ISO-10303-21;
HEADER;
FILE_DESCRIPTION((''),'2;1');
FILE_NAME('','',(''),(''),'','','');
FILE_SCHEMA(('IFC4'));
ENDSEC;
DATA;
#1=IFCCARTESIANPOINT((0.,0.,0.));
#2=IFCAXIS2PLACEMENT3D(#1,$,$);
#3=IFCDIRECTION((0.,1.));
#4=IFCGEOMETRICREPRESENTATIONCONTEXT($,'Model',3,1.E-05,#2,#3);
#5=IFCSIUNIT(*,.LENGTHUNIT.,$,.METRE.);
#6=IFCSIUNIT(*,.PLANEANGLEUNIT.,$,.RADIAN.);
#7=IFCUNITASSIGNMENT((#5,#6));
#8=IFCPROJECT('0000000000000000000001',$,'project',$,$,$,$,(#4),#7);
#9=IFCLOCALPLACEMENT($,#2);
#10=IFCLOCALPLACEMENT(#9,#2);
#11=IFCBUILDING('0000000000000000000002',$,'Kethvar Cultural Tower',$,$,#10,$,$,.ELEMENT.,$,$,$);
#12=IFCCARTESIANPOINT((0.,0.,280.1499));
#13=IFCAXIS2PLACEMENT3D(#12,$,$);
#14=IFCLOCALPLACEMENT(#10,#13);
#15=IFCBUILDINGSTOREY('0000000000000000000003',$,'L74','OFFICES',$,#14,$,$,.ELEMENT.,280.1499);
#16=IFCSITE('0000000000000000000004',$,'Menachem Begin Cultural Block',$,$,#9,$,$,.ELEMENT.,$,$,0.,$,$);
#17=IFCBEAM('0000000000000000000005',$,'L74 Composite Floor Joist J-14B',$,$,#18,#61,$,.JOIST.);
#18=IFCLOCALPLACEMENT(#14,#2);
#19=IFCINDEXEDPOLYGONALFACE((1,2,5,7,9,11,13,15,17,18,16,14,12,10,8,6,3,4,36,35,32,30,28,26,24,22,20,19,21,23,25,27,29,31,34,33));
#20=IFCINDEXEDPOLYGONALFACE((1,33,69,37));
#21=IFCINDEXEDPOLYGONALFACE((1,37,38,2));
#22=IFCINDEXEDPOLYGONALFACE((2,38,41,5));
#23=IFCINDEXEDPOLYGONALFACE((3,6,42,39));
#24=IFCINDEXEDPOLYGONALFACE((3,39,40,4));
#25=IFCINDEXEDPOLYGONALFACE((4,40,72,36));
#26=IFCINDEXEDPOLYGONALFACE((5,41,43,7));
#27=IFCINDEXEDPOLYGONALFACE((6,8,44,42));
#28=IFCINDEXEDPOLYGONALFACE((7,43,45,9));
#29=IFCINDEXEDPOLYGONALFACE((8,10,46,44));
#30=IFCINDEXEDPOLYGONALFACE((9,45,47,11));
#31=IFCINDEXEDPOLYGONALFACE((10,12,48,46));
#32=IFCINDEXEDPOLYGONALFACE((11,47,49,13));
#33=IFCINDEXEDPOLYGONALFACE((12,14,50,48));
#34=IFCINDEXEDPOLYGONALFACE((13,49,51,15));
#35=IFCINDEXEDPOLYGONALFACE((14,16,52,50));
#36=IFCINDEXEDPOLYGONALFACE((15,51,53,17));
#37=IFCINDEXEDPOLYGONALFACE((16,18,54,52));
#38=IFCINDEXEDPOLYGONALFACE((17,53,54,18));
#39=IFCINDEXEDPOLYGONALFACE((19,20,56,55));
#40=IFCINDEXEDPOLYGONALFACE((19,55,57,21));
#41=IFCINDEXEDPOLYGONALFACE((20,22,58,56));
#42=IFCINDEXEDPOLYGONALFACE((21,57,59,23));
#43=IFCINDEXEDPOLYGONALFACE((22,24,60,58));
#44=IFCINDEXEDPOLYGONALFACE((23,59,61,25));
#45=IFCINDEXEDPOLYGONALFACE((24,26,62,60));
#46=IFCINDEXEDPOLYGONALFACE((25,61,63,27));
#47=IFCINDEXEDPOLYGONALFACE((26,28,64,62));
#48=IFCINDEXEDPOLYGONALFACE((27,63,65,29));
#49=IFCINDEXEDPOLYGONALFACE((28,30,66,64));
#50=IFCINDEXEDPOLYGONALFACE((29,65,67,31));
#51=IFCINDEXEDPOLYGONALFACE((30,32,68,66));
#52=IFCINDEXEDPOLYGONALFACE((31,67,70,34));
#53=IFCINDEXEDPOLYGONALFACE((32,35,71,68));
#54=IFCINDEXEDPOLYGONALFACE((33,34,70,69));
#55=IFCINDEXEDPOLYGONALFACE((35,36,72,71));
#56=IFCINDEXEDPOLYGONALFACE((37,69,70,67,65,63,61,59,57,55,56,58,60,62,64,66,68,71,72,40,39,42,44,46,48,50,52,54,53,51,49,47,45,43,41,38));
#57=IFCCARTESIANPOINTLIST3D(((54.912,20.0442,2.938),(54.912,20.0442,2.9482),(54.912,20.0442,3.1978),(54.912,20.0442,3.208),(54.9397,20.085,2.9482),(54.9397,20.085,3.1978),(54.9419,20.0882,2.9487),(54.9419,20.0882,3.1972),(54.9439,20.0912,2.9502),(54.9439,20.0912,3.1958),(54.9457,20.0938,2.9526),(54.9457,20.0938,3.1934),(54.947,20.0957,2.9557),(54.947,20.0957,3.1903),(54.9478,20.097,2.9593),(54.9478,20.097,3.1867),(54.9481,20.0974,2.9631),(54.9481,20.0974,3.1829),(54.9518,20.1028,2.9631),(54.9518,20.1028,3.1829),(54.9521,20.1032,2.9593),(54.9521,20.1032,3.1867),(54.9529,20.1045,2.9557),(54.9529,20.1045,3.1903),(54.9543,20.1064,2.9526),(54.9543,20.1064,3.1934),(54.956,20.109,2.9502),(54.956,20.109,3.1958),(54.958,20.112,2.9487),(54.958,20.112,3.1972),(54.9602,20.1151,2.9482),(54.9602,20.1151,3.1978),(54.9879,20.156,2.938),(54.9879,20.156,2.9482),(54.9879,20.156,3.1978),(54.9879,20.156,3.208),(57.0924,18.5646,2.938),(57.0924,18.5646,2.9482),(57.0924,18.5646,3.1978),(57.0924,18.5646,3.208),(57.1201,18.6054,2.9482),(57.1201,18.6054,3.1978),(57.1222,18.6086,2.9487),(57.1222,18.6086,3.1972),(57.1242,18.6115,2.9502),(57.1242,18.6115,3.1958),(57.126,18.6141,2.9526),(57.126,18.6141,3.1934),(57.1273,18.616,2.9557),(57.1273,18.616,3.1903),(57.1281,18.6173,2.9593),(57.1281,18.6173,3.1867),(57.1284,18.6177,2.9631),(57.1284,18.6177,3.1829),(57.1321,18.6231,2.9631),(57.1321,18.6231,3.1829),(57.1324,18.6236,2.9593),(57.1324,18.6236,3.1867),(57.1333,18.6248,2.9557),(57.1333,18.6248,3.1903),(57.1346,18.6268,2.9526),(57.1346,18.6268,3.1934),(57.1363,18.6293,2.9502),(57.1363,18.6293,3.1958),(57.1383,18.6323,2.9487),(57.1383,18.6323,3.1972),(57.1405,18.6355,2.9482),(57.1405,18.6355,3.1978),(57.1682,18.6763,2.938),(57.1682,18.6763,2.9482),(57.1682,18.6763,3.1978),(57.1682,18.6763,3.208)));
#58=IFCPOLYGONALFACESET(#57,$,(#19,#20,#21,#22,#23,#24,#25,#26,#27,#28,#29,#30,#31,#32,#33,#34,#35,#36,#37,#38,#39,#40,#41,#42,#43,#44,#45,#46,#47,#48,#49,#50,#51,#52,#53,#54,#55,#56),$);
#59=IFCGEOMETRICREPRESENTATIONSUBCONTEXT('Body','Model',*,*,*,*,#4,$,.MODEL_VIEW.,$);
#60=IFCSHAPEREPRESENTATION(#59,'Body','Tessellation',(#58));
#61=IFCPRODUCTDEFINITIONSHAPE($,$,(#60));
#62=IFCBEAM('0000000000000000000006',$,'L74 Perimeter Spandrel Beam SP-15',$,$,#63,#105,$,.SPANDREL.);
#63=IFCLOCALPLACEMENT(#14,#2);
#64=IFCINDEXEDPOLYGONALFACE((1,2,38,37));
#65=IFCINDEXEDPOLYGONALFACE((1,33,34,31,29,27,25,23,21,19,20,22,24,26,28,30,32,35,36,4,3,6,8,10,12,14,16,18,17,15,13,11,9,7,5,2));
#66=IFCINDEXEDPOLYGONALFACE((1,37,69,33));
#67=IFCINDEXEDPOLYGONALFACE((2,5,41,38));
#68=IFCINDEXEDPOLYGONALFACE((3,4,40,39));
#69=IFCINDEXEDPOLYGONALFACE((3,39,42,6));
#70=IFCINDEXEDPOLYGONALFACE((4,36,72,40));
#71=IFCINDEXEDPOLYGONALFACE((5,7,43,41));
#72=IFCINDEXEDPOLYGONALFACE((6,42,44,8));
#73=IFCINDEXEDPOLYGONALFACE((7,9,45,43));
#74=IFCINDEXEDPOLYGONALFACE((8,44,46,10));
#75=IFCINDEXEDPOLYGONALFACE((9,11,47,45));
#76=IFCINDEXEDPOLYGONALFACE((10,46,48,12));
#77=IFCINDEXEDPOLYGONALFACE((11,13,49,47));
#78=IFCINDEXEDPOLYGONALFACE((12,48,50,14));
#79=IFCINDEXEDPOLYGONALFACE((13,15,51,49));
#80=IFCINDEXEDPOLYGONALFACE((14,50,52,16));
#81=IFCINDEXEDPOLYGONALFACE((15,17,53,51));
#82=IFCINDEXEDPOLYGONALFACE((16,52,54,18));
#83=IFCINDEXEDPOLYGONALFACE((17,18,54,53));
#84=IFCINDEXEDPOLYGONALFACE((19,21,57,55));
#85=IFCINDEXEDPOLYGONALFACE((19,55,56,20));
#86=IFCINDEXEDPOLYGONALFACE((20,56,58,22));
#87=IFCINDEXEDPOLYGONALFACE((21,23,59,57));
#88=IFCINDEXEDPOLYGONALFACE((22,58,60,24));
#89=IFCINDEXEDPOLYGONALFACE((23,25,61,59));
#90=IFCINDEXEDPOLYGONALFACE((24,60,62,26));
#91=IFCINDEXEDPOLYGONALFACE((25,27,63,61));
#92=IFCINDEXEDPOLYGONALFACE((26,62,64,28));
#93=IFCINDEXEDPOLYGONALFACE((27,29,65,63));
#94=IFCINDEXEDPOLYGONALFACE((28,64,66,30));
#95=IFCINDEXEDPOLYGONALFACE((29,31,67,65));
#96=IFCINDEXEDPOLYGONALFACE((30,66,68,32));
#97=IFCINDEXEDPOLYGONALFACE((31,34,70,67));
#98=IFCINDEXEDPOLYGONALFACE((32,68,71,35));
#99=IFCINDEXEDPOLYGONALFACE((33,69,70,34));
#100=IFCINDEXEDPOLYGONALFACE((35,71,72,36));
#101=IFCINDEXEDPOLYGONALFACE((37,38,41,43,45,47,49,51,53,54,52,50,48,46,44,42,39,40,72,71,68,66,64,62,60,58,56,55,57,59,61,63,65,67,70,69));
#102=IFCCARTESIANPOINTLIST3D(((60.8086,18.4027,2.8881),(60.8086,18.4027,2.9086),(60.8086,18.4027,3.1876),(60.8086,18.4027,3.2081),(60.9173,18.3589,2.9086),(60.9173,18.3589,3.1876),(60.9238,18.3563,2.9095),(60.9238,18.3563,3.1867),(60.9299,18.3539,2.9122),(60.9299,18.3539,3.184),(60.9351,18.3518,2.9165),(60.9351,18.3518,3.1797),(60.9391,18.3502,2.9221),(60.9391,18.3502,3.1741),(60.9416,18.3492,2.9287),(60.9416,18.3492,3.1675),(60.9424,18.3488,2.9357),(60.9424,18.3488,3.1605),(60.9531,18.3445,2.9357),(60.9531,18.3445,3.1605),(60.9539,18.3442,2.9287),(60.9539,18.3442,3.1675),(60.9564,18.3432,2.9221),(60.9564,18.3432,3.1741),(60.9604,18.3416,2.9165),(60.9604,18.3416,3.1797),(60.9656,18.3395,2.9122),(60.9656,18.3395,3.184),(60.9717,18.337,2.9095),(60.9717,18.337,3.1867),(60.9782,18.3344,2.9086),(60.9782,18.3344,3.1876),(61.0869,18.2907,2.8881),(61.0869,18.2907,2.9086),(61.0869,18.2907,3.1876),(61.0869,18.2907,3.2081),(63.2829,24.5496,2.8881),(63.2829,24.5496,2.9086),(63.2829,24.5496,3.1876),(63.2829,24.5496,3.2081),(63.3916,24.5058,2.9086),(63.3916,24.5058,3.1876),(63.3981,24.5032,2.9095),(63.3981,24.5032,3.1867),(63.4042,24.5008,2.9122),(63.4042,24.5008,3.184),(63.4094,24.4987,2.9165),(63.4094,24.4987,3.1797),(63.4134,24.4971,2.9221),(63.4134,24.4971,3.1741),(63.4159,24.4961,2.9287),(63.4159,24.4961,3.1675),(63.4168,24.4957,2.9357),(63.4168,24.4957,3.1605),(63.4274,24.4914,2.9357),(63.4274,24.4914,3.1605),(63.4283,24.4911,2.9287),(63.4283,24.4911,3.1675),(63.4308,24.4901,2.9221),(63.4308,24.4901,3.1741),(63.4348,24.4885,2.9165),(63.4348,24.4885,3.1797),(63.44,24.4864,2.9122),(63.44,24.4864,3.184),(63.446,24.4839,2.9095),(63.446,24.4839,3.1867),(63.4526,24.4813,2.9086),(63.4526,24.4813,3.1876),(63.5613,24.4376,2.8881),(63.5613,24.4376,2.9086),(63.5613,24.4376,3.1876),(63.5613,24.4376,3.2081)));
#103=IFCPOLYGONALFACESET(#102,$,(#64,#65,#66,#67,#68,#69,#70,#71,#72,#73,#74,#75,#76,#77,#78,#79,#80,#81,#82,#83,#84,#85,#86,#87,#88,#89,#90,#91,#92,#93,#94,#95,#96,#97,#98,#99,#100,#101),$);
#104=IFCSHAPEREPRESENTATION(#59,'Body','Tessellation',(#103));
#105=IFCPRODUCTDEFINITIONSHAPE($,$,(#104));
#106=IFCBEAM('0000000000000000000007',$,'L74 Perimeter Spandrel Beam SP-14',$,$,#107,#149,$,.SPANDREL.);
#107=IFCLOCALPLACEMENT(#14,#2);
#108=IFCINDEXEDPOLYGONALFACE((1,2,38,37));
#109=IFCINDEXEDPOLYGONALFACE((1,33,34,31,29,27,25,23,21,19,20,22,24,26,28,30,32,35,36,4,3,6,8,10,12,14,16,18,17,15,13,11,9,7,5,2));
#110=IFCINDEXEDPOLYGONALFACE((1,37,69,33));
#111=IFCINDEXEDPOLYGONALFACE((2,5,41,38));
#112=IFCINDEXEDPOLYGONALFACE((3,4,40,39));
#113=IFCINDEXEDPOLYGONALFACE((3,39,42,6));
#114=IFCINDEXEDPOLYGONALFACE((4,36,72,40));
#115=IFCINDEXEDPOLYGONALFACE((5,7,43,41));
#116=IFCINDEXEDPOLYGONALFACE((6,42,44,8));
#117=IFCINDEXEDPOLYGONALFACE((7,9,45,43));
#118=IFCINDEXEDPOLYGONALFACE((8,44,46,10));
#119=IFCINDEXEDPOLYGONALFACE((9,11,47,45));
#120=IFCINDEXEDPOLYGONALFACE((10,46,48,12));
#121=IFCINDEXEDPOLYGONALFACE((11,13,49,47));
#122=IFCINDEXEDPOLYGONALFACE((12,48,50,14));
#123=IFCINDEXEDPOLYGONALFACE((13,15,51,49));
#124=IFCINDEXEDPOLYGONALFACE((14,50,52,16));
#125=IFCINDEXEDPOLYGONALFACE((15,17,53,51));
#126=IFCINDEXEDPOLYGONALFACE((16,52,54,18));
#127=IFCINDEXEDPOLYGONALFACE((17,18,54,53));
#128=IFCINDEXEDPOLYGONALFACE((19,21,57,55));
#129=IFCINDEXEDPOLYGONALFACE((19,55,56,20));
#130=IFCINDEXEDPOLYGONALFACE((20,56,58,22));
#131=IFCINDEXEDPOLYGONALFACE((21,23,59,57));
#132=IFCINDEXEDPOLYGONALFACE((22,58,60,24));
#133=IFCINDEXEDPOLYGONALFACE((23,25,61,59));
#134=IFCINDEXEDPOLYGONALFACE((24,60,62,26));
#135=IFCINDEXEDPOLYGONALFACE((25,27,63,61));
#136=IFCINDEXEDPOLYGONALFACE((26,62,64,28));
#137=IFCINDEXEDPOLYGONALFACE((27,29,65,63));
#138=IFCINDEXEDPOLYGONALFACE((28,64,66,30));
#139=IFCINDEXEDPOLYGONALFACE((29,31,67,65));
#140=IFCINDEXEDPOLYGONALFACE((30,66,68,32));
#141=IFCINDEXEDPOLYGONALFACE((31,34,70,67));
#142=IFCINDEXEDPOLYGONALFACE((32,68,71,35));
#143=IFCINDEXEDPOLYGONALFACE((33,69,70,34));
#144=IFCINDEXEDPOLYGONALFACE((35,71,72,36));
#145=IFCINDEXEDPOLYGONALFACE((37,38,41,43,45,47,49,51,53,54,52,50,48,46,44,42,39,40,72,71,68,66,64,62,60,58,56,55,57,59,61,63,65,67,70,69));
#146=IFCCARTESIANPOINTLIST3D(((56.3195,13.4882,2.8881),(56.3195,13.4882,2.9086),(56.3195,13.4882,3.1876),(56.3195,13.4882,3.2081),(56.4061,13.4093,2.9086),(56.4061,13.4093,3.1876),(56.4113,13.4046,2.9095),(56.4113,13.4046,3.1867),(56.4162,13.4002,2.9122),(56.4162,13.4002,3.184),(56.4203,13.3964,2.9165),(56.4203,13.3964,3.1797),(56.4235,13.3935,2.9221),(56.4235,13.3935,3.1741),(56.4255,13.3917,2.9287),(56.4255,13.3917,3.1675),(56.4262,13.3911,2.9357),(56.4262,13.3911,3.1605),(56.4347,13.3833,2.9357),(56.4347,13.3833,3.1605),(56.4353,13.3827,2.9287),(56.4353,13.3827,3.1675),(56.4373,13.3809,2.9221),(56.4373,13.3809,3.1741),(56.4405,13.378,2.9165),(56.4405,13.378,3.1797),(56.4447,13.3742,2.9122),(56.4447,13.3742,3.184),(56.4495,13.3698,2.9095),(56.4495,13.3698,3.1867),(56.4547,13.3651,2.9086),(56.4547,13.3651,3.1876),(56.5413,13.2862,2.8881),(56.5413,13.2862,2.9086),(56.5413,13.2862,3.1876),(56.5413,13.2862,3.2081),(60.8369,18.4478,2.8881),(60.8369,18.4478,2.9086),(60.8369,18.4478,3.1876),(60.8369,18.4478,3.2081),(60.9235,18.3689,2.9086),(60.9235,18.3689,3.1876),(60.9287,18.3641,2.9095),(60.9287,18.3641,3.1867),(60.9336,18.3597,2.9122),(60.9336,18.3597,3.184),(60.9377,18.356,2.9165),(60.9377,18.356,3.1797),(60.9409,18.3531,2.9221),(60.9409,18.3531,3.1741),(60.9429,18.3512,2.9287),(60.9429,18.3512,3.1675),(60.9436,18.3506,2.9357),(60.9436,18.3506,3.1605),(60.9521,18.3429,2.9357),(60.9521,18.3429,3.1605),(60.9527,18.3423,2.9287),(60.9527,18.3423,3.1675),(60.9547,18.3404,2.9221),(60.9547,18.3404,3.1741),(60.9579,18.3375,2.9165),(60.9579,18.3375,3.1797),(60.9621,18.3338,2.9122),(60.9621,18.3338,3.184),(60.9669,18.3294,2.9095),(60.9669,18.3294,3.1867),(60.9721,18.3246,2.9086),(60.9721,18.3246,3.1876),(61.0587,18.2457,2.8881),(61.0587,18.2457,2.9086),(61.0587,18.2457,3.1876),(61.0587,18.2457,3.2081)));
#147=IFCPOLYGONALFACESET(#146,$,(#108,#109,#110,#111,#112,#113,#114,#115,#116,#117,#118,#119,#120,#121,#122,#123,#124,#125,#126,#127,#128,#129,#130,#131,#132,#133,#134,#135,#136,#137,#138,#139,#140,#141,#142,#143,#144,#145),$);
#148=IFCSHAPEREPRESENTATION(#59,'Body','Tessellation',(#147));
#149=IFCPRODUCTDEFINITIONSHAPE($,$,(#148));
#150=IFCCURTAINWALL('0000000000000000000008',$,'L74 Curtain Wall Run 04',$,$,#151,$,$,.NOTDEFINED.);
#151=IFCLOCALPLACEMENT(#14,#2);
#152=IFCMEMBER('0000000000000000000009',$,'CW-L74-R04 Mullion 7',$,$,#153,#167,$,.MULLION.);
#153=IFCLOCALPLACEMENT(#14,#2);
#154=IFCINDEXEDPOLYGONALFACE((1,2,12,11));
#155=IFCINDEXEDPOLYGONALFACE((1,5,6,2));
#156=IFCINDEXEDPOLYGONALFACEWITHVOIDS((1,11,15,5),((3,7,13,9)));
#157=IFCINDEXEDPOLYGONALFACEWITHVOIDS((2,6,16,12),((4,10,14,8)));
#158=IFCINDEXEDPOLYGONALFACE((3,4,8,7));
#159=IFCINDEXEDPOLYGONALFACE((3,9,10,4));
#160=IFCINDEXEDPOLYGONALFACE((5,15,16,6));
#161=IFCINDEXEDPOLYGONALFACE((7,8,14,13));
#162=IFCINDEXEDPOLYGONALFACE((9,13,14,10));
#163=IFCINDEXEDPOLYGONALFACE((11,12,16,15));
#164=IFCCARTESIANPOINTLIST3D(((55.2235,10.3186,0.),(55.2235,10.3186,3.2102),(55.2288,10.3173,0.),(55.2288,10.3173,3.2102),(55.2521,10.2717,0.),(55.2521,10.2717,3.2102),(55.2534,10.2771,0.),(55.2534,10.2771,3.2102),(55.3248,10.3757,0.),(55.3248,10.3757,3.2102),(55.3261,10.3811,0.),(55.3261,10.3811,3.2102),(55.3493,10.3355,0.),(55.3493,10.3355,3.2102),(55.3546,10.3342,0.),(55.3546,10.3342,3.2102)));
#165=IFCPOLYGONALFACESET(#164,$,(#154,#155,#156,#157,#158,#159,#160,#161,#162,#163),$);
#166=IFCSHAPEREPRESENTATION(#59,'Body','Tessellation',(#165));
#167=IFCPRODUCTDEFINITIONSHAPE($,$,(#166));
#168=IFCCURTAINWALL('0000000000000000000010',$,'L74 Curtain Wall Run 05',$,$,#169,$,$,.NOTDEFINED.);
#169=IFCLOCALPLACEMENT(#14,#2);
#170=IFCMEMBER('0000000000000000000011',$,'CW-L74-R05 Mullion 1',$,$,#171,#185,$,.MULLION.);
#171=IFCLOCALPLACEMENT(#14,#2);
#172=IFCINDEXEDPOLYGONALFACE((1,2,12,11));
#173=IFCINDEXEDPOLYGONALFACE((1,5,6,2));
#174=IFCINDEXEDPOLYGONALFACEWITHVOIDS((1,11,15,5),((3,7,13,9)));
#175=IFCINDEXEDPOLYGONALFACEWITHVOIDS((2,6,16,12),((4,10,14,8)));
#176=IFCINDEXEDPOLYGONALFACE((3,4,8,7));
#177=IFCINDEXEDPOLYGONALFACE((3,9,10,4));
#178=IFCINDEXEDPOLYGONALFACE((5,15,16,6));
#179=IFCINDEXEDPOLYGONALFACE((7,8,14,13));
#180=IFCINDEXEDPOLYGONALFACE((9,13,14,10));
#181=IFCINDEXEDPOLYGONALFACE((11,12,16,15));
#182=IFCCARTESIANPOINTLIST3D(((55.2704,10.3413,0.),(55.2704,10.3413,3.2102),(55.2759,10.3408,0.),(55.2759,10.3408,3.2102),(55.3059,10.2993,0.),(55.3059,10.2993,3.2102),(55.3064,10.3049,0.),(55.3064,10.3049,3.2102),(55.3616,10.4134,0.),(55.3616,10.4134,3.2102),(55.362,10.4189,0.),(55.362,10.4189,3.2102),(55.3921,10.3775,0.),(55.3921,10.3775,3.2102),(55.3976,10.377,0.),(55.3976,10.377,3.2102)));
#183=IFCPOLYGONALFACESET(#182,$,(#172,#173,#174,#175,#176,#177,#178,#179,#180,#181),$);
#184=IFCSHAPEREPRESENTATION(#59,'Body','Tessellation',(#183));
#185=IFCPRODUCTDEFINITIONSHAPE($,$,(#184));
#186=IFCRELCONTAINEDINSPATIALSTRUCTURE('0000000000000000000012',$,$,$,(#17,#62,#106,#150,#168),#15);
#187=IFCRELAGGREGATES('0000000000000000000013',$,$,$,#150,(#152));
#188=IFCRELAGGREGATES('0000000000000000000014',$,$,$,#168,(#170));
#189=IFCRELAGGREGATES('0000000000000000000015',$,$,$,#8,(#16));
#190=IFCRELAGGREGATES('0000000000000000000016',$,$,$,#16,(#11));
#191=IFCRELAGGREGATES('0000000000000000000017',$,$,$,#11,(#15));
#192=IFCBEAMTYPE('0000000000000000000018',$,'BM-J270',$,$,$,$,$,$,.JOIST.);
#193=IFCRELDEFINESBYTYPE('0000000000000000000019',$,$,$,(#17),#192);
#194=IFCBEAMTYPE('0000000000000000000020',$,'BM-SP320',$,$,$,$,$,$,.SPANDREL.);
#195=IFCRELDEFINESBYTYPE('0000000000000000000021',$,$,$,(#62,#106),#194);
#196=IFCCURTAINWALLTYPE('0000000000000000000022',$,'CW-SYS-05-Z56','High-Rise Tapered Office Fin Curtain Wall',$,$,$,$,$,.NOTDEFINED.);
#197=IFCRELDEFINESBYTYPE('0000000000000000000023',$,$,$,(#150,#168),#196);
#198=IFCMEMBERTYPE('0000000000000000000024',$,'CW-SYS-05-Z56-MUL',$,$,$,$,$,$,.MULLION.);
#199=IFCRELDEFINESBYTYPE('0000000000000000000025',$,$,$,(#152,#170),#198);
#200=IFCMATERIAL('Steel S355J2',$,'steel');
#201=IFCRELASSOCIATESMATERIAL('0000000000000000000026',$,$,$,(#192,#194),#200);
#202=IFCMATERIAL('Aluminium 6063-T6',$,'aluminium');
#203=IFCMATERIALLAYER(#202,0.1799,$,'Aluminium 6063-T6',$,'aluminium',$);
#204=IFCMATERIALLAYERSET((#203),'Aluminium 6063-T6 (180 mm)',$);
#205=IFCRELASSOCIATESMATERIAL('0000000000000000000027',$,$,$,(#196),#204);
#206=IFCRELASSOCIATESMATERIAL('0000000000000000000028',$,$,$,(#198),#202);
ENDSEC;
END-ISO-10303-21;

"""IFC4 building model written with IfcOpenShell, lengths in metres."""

from ifc_helpers import new_model, si_unit, direction, frame, origin, origin_2d, place, context, subcontext, project, spatial, hollow_rectangle, i_section, extrude, source, transform, mapped, material, layer, layer_set, material_profile, profile_set, type_object, element, aggregate, save


model = new_model("IFC4")

# Units and contexts
model_context = context("Model", 3, precision=1e-05, world=origin(), true_north=direction((0.0, 1.0)))
body_context = subcontext(model_context, "Body", "Model", "MODEL_VIEW")
ifc_project = project(units=[si_unit("LENGTHUNIT", "METRE"), si_unit("PLANEANGLEUNIT", "RADIAN")], contexts=[model_context])

# Site, building, storey
site_placement = place(None, origin())
site = spatial("IfcSite", under=ifc_project, at=site_placement, Name="Menachem Begin Cultural Block", CompositionType="ELEMENT", RefElevation=0.0)
building_placement = place(site_placement, origin())
building = spatial("IfcBuilding", under=site, at=building_placement, Name="Kethvar Cultural Tower", CompositionType="ELEMENT")
storey_placement = place(building_placement, frame((0.0, 0.0, 280.1499)))
storey = spatial("IfcBuildingStorey", under=building, at=storey_placement, Name="L74", Description="OFFICES", CompositionType="ELEMENT", Elevation=280.1499)

# Beams
ifc_material_1 = material(Name="Steel S355J2", Category="steel")
ifc_material_profile_1 = material_profile(ifc_material_1, i_section(OverallWidth=0.135, OverallDepth=0.27, WebThickness=0.0066, FlangeThickness=0.0103, FilletRadius=0.0149, at=origin_2d()), Name="Steel S355J2 — IPE270")
ifc_profile_set_1 = profile_set([ifc_material_profile_1], Name="Steel S355J2 — IPE270")
beam_type_1 = type_object("IfcBeamType", Name="BM-J270", PredefinedType="JOIST", material=ifc_profile_set_1)
shared_shape_1 = source(origin(), body_context, "Body", "SweptSolid", [
    extrude(i_section(OverallWidth=0.135, OverallDepth=0.27, WebThickness=0.0066, FlangeThickness=0.0103, FilletRadius=0.0149, at=origin_2d()), origin(), (0.0, 0.0, 1.0), 2.635),
])
beam_1_placement = place(storey_placement, frame((54.95, 20.1001, 3.073), z_axis=(0.827447, -0.561544, 0.0), x_axis=(0.561544, 0.827447, 0.0)))
element("IfcBeam", 1, at=beam_1_placement, inside=storey, type_object=beam_type_1, Name="L74 Composite Floor Joist J-14B", PredefinedType="JOIST", context=body_context, shape_type="MappedRepresentation", body=[
    mapped(shared_shape_1, transform((0.0, 0.0, 0.0), scale=1.0)),
])
ifc_material_profile_2 = material_profile(ifc_material_1, i_section(OverallWidth=0.3, OverallDepth=0.3201, WebThickness=0.0115, FlangeThickness=0.0205, FilletRadius=0.0271, at=origin_2d()), Name="Steel S355J2 — HEB320")
ifc_profile_set_2 = profile_set([ifc_material_profile_2], Name="Steel S355J2 — HEB320")
beam_type_2 = type_object("IfcBeamType", Name="BM-SP320", PredefinedType="SPANDREL", material=ifc_profile_set_2)
shared_shape_2 = source(origin(), body_context, "Body", "SweptSolid", [
    extrude(i_section(OverallWidth=0.3, OverallDepth=0.3201, WebThickness=0.0115, FlangeThickness=0.0205, FilletRadius=0.0271, at=origin_2d()), origin(), (0.0, 0.0, 1.0), 6.6262),
])
beam_2_placement = place(storey_placement, frame((60.9478, 18.3467, 3.0481), z_axis=(0.373416, 0.927664, 0.0), x_axis=(-0.927664, 0.373416, 0.0)))
element("IfcBeam", 2, at=beam_2_placement, inside=storey, type_object=beam_type_2, Name="L74 Perimeter Spandrel Beam SP-15", PredefinedType="SPANDREL", context=body_context, shape_type="MappedRepresentation", body=[
    mapped(shared_shape_2, transform((0.0, 0.0, 0.0), scale=1.0)),
])
shared_shape_3 = source(origin(), body_context, "Body", "SweptSolid", [
    extrude(i_section(OverallWidth=0.3, OverallDepth=0.3201, WebThickness=0.0115, FlangeThickness=0.0205, FilletRadius=0.0271, at=origin_2d()), origin(), (0.0, 0.0, 1.0), 6.7085),
])
beam_3_placement = place(storey_placement, frame((56.4304, 13.3872, 3.0481), z_axis=(0.673384, 0.739293, 0.0), x_axis=(-0.739293, 0.673384, 0.0)))
element("IfcBeam", 3, at=beam_3_placement, inside=storey, type_object=beam_type_2, Name="L74 Perimeter Spandrel Beam SP-14", PredefinedType="SPANDREL", context=body_context, shape_type="MappedRepresentation", body=[
    mapped(shared_shape_3, transform((0.0, 0.0, 0.0), scale=1.0)),
])

# Curtain wall, member
ifc_material_2 = material(Name="Aluminium 6063-T6", Category="aluminium")
ifc_layer_1 = layer(ifc_material_2, 0.1799, Name="Aluminium 6063-T6", Category="aluminium")
ifc_layer_set_1 = layer_set([ifc_layer_1], Name="Aluminium 6063-T6 (180 mm)")
curtain_wall_type = type_object("IfcCurtainWallType", Name="CW-SYS-05-Z56", Description="High-Rise Tapered Office Fin Curtain Wall", PredefinedType="NOTDEFINED", material=ifc_layer_set_1)
curtain_wall_1_placement = place(storey_placement, origin())
curtain_wall_1 = element("IfcCurtainWall", 4, at=curtain_wall_1_placement, inside=storey, type_object=curtain_wall_type, Name="L74 Curtain Wall Run 04", PredefinedType="NOTDEFINED")
ifc_material_profile_3 = material_profile(ifc_material_2, hollow_rectangle(XDim=0.0549, YDim=0.1201, WallThickness=0.0039, at=origin_2d()), Name="Aluminium 6063-T6 — RHS120x55x4")
ifc_profile_set_3 = profile_set([ifc_material_profile_3], Name="Aluminium 6063-T6 — RHS120x55x4")
member_type_1 = type_object("IfcMemberType", Name="CW-SYS-05-Z56-MUL", PredefinedType="MULLION", material=ifc_profile_set_3)
shared_shape_4 = source(origin(), body_context, "Body", "SweptSolid", [
    extrude(hollow_rectangle(XDim=0.0549, YDim=0.1201, WallThickness=0.0039, at=origin_2d()), origin(), (0.0, 0.0, 1.0), 3.2102),
])
member_1_placement = place(storey_placement, frame((55.2891, 10.3264, 0.0), z_axis=(0.0, 0.0, 1.0), x_axis=(-0.520175, 0.85406, 0.0)))
member_1 = element("IfcMember", 5, at=member_1_placement, type_object=member_type_1, Name="CW-L74-R04 Mullion 7", PredefinedType="MULLION", context=body_context, shape_type="MappedRepresentation", body=[
    mapped(shared_shape_4, transform((0.0, 0.0, 0.0), scale=1.0)),
])
aggregate(curtain_wall_1, [member_1])

# Curtain wall, member
curtain_wall_2_placement = place(storey_placement, origin())
curtain_wall_2 = element("IfcCurtainWall", 6, at=curtain_wall_2_placement, inside=storey, type_object=curtain_wall_type, Name="L74 Curtain Wall Run 05", PredefinedType="NOTDEFINED")
member_2_placement = place(storey_placement, frame((55.334, 10.3591, 0.0), z_axis=(0.0, 0.0, 1.0), x_axis=(-0.646524, 0.762894, 0.0)))
member_2 = element("IfcMember", 7, at=member_2_placement, type_object=member_type_1, Name="CW-L74-R05 Mullion 1", PredefinedType="MULLION", context=body_context, shape_type="MappedRepresentation", body=[
    mapped(shared_shape_4, transform((0.0, 0.0, 0.0), scale=1.0)),
])
aggregate(curtain_wall_2, [member_2])

save(model, "model.ifc")
